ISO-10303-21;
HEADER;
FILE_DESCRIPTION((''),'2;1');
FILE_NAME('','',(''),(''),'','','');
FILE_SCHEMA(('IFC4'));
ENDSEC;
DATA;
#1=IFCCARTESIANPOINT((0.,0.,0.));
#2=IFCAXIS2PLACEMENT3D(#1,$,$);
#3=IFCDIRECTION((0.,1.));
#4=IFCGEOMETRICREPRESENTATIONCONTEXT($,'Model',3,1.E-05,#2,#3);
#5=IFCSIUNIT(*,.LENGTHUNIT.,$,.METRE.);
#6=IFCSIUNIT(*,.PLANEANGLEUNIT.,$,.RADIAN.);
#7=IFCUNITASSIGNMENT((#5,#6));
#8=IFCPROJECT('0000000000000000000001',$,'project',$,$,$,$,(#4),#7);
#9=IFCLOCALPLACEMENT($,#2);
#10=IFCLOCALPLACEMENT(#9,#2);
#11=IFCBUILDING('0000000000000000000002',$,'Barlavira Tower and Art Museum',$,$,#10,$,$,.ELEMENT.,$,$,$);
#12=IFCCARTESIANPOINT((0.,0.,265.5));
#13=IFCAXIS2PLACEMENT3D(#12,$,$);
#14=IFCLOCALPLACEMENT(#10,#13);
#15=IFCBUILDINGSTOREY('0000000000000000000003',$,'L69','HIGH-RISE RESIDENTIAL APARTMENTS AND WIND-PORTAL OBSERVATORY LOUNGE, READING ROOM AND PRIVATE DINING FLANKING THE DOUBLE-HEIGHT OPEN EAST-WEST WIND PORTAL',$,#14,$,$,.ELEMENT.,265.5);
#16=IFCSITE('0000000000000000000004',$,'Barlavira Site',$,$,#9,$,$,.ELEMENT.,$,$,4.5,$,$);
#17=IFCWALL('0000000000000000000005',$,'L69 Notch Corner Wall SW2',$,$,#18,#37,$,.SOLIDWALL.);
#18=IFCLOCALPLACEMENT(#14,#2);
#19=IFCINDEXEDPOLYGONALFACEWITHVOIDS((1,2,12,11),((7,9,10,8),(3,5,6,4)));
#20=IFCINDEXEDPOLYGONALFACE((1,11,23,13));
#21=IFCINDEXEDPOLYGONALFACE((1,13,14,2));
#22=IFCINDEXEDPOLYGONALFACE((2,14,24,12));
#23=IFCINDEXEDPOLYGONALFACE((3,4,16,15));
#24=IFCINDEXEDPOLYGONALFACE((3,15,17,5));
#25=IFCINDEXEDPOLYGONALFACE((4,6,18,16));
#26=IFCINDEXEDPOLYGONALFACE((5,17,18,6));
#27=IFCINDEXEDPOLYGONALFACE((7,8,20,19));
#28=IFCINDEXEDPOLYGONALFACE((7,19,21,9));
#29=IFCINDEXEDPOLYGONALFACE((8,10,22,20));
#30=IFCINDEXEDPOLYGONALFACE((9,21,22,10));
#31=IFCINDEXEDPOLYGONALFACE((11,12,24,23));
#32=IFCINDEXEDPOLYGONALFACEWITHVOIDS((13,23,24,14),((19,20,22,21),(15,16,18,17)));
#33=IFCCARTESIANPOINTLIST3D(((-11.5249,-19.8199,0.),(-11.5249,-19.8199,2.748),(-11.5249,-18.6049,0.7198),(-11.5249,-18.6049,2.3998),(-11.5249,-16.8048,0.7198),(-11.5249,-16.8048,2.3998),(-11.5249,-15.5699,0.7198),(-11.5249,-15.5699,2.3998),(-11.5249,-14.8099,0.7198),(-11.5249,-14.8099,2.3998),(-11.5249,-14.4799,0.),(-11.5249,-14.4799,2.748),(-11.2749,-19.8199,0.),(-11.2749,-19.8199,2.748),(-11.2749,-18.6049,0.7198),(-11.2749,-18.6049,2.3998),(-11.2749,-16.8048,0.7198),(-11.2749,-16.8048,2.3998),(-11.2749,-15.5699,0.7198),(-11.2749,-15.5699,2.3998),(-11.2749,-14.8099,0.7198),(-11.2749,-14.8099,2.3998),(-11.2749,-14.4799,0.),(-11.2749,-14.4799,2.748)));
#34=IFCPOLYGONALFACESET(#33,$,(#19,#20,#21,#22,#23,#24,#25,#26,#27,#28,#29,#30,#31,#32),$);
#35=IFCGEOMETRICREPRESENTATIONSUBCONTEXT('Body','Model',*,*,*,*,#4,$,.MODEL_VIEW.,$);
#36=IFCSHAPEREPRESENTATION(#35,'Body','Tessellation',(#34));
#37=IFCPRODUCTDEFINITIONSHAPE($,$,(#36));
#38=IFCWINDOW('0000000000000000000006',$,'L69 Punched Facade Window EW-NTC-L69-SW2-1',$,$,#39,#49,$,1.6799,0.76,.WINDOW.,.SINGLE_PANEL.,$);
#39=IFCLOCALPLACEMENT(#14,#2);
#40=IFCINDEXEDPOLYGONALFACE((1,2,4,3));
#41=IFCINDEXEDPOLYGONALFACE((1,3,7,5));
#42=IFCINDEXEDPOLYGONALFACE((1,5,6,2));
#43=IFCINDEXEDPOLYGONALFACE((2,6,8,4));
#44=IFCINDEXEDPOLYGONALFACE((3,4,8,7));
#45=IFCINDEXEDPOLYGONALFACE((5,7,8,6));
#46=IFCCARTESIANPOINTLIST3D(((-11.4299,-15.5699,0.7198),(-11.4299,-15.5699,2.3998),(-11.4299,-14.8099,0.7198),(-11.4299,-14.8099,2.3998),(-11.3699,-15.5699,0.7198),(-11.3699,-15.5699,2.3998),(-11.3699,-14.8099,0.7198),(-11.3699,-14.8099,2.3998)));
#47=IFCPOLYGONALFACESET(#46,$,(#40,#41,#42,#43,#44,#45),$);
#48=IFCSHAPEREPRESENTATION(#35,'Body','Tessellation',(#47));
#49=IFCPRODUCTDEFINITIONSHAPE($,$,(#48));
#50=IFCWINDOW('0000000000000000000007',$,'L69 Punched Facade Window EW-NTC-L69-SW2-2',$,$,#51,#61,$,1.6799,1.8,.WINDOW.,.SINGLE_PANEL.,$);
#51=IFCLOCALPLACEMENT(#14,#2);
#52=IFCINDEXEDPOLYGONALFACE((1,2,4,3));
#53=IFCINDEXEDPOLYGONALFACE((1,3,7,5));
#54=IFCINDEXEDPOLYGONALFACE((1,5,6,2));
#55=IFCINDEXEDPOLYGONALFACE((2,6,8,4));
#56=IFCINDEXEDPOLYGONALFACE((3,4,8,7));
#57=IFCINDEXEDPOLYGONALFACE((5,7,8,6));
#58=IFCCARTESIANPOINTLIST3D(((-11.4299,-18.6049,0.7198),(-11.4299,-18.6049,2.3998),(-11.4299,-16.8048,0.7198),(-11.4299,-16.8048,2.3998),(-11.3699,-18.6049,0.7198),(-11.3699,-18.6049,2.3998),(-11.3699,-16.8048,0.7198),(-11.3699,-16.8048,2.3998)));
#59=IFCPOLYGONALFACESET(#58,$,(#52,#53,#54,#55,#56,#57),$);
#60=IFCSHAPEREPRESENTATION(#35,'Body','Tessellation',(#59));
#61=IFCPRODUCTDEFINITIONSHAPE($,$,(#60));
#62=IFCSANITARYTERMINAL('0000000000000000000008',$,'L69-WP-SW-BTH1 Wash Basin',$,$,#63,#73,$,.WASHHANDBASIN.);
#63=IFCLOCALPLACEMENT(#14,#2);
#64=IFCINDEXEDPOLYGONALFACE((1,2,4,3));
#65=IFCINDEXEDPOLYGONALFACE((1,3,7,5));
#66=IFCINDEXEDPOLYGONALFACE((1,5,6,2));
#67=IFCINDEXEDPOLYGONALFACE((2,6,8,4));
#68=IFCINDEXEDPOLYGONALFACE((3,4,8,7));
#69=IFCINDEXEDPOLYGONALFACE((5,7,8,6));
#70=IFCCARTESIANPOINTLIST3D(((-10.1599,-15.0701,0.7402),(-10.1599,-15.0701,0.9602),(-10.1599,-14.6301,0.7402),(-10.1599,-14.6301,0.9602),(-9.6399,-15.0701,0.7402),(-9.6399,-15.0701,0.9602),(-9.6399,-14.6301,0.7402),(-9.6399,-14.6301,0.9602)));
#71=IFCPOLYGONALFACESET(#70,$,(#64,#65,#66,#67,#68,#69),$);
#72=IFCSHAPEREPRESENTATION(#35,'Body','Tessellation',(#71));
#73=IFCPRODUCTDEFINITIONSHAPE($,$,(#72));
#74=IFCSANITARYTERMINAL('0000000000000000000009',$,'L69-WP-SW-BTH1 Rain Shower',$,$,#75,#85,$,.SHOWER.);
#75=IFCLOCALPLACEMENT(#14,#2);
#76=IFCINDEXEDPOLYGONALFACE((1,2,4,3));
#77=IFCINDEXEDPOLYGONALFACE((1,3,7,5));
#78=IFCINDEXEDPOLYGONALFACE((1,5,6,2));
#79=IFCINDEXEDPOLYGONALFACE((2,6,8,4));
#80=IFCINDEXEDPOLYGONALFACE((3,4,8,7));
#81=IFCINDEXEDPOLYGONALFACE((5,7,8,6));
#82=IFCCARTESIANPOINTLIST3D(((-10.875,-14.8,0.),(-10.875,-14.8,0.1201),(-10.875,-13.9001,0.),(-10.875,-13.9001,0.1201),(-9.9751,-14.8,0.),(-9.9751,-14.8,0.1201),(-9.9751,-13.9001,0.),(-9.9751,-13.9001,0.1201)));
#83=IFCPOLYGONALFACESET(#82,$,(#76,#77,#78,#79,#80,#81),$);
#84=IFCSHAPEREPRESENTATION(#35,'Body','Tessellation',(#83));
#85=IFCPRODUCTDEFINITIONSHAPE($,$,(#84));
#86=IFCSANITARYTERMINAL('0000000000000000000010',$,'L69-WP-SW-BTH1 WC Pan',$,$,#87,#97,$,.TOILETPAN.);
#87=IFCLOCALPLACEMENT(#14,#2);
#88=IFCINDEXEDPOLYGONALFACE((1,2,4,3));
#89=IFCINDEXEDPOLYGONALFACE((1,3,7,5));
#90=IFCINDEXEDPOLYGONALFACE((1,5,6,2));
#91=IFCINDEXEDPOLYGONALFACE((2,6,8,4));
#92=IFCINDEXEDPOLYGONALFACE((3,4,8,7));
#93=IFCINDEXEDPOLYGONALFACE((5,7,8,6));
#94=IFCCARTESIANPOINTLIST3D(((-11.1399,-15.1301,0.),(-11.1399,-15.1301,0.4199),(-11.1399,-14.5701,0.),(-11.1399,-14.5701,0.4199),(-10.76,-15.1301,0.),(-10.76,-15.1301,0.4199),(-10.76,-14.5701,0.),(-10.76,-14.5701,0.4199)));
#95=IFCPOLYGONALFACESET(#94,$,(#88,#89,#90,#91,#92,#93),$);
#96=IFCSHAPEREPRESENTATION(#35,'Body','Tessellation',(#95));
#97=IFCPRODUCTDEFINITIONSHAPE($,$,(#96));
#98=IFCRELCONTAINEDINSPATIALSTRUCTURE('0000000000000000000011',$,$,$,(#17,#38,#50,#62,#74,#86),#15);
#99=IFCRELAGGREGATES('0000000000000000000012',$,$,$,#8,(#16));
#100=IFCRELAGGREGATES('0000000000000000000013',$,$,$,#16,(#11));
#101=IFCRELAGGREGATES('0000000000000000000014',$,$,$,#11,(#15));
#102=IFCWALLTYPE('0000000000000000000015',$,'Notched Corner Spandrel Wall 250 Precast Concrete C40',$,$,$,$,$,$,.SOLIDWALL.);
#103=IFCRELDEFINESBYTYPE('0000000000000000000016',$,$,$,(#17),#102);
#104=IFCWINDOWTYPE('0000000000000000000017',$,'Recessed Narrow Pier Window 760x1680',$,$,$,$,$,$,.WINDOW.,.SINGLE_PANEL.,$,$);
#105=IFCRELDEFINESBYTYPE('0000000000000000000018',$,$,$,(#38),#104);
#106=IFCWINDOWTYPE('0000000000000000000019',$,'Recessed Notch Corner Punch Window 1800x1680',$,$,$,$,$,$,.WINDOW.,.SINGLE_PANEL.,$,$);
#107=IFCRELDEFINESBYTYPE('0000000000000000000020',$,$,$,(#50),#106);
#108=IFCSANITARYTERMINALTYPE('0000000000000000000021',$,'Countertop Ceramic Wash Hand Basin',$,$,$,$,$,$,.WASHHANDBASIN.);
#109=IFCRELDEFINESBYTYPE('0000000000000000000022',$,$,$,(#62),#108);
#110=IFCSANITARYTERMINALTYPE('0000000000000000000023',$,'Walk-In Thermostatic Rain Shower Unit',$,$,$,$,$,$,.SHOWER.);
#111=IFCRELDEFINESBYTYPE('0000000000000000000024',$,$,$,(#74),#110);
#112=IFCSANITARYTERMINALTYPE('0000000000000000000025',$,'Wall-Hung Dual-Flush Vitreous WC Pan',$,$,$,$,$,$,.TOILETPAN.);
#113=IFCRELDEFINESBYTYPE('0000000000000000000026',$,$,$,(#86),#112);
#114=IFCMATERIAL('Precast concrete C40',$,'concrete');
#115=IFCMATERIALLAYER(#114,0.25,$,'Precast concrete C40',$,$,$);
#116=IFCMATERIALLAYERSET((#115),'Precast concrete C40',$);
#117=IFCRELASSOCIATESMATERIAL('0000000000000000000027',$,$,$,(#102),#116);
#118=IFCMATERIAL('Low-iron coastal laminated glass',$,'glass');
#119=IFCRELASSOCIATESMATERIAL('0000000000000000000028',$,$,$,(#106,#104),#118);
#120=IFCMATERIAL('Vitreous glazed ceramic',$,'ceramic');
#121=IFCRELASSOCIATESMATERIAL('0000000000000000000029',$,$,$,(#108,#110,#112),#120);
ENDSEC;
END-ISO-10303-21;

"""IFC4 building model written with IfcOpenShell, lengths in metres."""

from ifc_helpers import new_model, si_unit, direction, frame, frame_2d, origin, origin_2d, place, context, subcontext, project, spatial, rectangle, extrude, material, layer, layer_set, type_object, element, fill, save


model = new_model("IFC4")

# Units and contexts
model_context = context("Model", 3, precision=1e-05, world=origin(), true_north=direction((0.0, 1.0)))
body_context = subcontext(model_context, "Body", "Model", "MODEL_VIEW")
ifc_project = project(units=[si_unit("LENGTHUNIT", "METRE"), si_unit("PLANEANGLEUNIT", "RADIAN")], contexts=[model_context])

# Site, building, storey
site_placement = place(None, origin())
site = spatial("IfcSite", under=ifc_project, at=site_placement, Name="Barlavira Site", CompositionType="ELEMENT", RefElevation=4.5)
building_placement = place(site_placement, origin())
building = spatial("IfcBuilding", under=site, at=building_placement, Name="Barlavira Tower and Art Museum", CompositionType="ELEMENT")
storey_placement = place(building_placement, frame((0.0, 0.0, 265.5)))
storey = spatial("IfcBuildingStorey", under=building, at=storey_placement, Name="L69", Description="HIGH-RISE RESIDENTIAL APARTMENTS AND WIND-PORTAL OBSERVATORY LOUNGE, READING ROOM AND PRIVATE DINING FLANKING THE DOUBLE-HEIGHT OPEN EAST-WEST WIND PORTAL", CompositionType="ELEMENT", Elevation=265.5)

# Shared definitions
ifc_material_1 = material(Name="Precast concrete C40", Category="concrete")
ifc_layer_1 = layer(ifc_material_1, 0.25, Name="Precast concrete C40")
ifc_layer_set_1 = layer_set([ifc_layer_1], Name="Precast concrete C40")
wall_type_1 = type_object("IfcWallType", Name="Notched Corner Spandrel Wall 250 Precast Concrete C40", PredefinedType="SOLIDWALL", material=ifc_layer_set_1)
ifc_material_2 = material(Name="Low-iron coastal laminated glass", Category="glass")
window_type_1 = type_object("IfcWindowType", Name="Recessed Notch Corner Punch Window 1800x1680", PartitioningType="SINGLE_PANEL", PredefinedType="WINDOW", material=ifc_material_2)

# Wall, openings, windows
wall_1_placement = place(storey_placement, frame((-11.3999, -14.48, 0.0), z_axis=(0.0, 0.0, 1.0), x_axis=(0.0, -1.0, 0.0)))
wall_1 = element("IfcWall", 1, at=wall_1_placement, inside=storey, type_object=wall_type_1, Name="L69 Notch Corner Wall SW2", PredefinedType="SOLIDWALL", context=body_context, shape_type="SweptSolid", body=[
    extrude(rectangle(XDim=5.3401, YDim=0.25, at=frame_2d((2.6699, 0.0))), origin(), (0.0, 0.0, 1.0), 2.748),
])
opening_1_placement = place(wall_1_placement, frame((0.3301, 0.0, 0.72)))
opening_1 = element("IfcOpeningElement", 2, at=opening_1_placement, cuts=wall_1, PredefinedType="OPENING", context=body_context, shape_type="SweptSolid", body=[
    extrude(rectangle(XDim=0.76, YDim=1.6799, at=frame_2d((0.3799, 0.8398))), frame((0.0, 0.135, 0.0), z_axis=(0.0, -1.0, 0.0), x_axis=(1.0, 0.0, 0.0)), (0.0, 0.0, 1.0), 0.27),
])
opening_2_placement = place(wall_1_placement, frame((2.325, 0.0, 0.72)))
opening_2 = element("IfcOpeningElement", 3, at=opening_2_placement, cuts=wall_1, PredefinedType="OPENING", context=body_context, shape_type="SweptSolid", body=[
    extrude(rectangle(XDim=1.8, YDim=1.6799, at=frame_2d((0.8999, 0.8398))), frame((0.0, 0.135, 0.0), z_axis=(0.0, -1.0, 0.0), x_axis=(1.0, 0.0, 0.0)), (0.0, 0.0, 1.0), 0.27),
])
window_type_2 = type_object("IfcWindowType", Name="Recessed Narrow Pier Window 760x1680", PartitioningType="SINGLE_PANEL", PredefinedType="WINDOW", material=ifc_material_2)
window_1_placement = place(opening_1_placement, origin())
window_1 = element("IfcWindow", 4, at=window_1_placement, inside=storey, type_object=window_type_2, Name="L69 Punched Facade Window EW-NTC-L69-SW2-1", OverallHeight=1.6799, OverallWidth=0.76, PartitioningType="SINGLE_PANEL", PredefinedType="WINDOW", context=body_context, shape_type="SweptSolid", body=[
    extrude(rectangle(XDim=0.76, YDim=1.6799, at=frame_2d((0.3799, 0.8398))), frame((0.0, 0.03, 0.0), z_axis=(0.0, -1.0, 0.0), x_axis=(1.0, 0.0, 0.0)), (0.0, 0.0, 1.0), 0.0601),
])
fill(opening_1, window_1)
window_2_placement = place(opening_2_placement, origin())
window_2 = element("IfcWindow", 5, at=window_2_placement, inside=storey, type_object=window_type_1, Name="L69 Punched Facade Window EW-NTC-L69-SW2-2", OverallHeight=1.6799, OverallWidth=1.8, PartitioningType="SINGLE_PANEL", PredefinedType="WINDOW", context=body_context, shape_type="SweptSolid", body=[
    extrude(rectangle(XDim=1.8, YDim=1.6799, at=frame_2d((0.8999, 0.8398))), frame((0.0, 0.03, 0.0), z_axis=(0.0, -1.0, 0.0), x_axis=(1.0, 0.0, 0.0)), (0.0, 0.0, 1.0), 0.0601),
])
fill(opening_2, window_2)

# Sanitary terminals
ifc_material_3 = material(Name="Vitreous glazed ceramic", Category="ceramic")
sanitary_terminal_type_1 = type_object("IfcSanitaryTerminalType", Name="Countertop Ceramic Wash Hand Basin", PredefinedType="WASHHANDBASIN", material=ifc_material_3)
sanitary_terminal_1_placement = place(storey_placement, frame((-9.8999, -14.8501, 0.7402), z_axis=(0.0, 0.0, 1.0), x_axis=(1.0, 0.0, 0.0)))
element("IfcSanitaryTerminal", 6, at=sanitary_terminal_1_placement, inside=storey, type_object=sanitary_terminal_type_1, Name="L69-WP-SW-BTH1 Wash Basin", PredefinedType="WASHHANDBASIN", context=body_context, shape_type="SweptSolid", body=[
    extrude(rectangle(XDim=0.52, YDim=0.4399, at=origin_2d()), origin(), (0.0, 0.0, 1.0), 0.22),
])
sanitary_terminal_type_2 = type_object("IfcSanitaryTerminalType", Name="Walk-In Thermostatic Rain Shower Unit", PredefinedType="SHOWER", material=ifc_material_3)
sanitary_terminal_2_placement = place(storey_placement, frame((-10.425, -14.3501, 0.0), z_axis=(0.0, 0.0, 1.0), x_axis=(1.0, 0.0, 0.0)))
element("IfcSanitaryTerminal", 7, at=sanitary_terminal_2_placement, inside=storey, type_object=sanitary_terminal_type_2, Name="L69-WP-SW-BTH1 Rain Shower", PredefinedType="SHOWER", context=body_context, shape_type="SweptSolid", body=[
    extrude(rectangle(XDim=0.8999, YDim=0.8999, at=origin_2d()), origin(), (0.0, 0.0, 1.0), 0.1201),
])
sanitary_terminal_type_3 = type_object("IfcSanitaryTerminalType", Name="Wall-Hung Dual-Flush Vitreous WC Pan", PredefinedType="TOILETPAN", material=ifc_material_3)
sanitary_terminal_3_placement = place(storey_placement, frame((-10.95, -14.8501, 0.0), z_axis=(0.0, 0.0, 1.0), x_axis=(1.0, 0.0, 0.0)))
element("IfcSanitaryTerminal", 8, at=sanitary_terminal_3_placement, inside=storey, type_object=sanitary_terminal_type_3, Name="L69-WP-SW-BTH1 WC Pan", PredefinedType="TOILETPAN", context=body_context, shape_type="SweptSolid", body=[
    extrude(rectangle(XDim=0.3799, YDim=0.5601, at=origin_2d()), origin(), (0.0, 0.0, 1.0), 0.4199),
])

save(model, "model.ifc")
